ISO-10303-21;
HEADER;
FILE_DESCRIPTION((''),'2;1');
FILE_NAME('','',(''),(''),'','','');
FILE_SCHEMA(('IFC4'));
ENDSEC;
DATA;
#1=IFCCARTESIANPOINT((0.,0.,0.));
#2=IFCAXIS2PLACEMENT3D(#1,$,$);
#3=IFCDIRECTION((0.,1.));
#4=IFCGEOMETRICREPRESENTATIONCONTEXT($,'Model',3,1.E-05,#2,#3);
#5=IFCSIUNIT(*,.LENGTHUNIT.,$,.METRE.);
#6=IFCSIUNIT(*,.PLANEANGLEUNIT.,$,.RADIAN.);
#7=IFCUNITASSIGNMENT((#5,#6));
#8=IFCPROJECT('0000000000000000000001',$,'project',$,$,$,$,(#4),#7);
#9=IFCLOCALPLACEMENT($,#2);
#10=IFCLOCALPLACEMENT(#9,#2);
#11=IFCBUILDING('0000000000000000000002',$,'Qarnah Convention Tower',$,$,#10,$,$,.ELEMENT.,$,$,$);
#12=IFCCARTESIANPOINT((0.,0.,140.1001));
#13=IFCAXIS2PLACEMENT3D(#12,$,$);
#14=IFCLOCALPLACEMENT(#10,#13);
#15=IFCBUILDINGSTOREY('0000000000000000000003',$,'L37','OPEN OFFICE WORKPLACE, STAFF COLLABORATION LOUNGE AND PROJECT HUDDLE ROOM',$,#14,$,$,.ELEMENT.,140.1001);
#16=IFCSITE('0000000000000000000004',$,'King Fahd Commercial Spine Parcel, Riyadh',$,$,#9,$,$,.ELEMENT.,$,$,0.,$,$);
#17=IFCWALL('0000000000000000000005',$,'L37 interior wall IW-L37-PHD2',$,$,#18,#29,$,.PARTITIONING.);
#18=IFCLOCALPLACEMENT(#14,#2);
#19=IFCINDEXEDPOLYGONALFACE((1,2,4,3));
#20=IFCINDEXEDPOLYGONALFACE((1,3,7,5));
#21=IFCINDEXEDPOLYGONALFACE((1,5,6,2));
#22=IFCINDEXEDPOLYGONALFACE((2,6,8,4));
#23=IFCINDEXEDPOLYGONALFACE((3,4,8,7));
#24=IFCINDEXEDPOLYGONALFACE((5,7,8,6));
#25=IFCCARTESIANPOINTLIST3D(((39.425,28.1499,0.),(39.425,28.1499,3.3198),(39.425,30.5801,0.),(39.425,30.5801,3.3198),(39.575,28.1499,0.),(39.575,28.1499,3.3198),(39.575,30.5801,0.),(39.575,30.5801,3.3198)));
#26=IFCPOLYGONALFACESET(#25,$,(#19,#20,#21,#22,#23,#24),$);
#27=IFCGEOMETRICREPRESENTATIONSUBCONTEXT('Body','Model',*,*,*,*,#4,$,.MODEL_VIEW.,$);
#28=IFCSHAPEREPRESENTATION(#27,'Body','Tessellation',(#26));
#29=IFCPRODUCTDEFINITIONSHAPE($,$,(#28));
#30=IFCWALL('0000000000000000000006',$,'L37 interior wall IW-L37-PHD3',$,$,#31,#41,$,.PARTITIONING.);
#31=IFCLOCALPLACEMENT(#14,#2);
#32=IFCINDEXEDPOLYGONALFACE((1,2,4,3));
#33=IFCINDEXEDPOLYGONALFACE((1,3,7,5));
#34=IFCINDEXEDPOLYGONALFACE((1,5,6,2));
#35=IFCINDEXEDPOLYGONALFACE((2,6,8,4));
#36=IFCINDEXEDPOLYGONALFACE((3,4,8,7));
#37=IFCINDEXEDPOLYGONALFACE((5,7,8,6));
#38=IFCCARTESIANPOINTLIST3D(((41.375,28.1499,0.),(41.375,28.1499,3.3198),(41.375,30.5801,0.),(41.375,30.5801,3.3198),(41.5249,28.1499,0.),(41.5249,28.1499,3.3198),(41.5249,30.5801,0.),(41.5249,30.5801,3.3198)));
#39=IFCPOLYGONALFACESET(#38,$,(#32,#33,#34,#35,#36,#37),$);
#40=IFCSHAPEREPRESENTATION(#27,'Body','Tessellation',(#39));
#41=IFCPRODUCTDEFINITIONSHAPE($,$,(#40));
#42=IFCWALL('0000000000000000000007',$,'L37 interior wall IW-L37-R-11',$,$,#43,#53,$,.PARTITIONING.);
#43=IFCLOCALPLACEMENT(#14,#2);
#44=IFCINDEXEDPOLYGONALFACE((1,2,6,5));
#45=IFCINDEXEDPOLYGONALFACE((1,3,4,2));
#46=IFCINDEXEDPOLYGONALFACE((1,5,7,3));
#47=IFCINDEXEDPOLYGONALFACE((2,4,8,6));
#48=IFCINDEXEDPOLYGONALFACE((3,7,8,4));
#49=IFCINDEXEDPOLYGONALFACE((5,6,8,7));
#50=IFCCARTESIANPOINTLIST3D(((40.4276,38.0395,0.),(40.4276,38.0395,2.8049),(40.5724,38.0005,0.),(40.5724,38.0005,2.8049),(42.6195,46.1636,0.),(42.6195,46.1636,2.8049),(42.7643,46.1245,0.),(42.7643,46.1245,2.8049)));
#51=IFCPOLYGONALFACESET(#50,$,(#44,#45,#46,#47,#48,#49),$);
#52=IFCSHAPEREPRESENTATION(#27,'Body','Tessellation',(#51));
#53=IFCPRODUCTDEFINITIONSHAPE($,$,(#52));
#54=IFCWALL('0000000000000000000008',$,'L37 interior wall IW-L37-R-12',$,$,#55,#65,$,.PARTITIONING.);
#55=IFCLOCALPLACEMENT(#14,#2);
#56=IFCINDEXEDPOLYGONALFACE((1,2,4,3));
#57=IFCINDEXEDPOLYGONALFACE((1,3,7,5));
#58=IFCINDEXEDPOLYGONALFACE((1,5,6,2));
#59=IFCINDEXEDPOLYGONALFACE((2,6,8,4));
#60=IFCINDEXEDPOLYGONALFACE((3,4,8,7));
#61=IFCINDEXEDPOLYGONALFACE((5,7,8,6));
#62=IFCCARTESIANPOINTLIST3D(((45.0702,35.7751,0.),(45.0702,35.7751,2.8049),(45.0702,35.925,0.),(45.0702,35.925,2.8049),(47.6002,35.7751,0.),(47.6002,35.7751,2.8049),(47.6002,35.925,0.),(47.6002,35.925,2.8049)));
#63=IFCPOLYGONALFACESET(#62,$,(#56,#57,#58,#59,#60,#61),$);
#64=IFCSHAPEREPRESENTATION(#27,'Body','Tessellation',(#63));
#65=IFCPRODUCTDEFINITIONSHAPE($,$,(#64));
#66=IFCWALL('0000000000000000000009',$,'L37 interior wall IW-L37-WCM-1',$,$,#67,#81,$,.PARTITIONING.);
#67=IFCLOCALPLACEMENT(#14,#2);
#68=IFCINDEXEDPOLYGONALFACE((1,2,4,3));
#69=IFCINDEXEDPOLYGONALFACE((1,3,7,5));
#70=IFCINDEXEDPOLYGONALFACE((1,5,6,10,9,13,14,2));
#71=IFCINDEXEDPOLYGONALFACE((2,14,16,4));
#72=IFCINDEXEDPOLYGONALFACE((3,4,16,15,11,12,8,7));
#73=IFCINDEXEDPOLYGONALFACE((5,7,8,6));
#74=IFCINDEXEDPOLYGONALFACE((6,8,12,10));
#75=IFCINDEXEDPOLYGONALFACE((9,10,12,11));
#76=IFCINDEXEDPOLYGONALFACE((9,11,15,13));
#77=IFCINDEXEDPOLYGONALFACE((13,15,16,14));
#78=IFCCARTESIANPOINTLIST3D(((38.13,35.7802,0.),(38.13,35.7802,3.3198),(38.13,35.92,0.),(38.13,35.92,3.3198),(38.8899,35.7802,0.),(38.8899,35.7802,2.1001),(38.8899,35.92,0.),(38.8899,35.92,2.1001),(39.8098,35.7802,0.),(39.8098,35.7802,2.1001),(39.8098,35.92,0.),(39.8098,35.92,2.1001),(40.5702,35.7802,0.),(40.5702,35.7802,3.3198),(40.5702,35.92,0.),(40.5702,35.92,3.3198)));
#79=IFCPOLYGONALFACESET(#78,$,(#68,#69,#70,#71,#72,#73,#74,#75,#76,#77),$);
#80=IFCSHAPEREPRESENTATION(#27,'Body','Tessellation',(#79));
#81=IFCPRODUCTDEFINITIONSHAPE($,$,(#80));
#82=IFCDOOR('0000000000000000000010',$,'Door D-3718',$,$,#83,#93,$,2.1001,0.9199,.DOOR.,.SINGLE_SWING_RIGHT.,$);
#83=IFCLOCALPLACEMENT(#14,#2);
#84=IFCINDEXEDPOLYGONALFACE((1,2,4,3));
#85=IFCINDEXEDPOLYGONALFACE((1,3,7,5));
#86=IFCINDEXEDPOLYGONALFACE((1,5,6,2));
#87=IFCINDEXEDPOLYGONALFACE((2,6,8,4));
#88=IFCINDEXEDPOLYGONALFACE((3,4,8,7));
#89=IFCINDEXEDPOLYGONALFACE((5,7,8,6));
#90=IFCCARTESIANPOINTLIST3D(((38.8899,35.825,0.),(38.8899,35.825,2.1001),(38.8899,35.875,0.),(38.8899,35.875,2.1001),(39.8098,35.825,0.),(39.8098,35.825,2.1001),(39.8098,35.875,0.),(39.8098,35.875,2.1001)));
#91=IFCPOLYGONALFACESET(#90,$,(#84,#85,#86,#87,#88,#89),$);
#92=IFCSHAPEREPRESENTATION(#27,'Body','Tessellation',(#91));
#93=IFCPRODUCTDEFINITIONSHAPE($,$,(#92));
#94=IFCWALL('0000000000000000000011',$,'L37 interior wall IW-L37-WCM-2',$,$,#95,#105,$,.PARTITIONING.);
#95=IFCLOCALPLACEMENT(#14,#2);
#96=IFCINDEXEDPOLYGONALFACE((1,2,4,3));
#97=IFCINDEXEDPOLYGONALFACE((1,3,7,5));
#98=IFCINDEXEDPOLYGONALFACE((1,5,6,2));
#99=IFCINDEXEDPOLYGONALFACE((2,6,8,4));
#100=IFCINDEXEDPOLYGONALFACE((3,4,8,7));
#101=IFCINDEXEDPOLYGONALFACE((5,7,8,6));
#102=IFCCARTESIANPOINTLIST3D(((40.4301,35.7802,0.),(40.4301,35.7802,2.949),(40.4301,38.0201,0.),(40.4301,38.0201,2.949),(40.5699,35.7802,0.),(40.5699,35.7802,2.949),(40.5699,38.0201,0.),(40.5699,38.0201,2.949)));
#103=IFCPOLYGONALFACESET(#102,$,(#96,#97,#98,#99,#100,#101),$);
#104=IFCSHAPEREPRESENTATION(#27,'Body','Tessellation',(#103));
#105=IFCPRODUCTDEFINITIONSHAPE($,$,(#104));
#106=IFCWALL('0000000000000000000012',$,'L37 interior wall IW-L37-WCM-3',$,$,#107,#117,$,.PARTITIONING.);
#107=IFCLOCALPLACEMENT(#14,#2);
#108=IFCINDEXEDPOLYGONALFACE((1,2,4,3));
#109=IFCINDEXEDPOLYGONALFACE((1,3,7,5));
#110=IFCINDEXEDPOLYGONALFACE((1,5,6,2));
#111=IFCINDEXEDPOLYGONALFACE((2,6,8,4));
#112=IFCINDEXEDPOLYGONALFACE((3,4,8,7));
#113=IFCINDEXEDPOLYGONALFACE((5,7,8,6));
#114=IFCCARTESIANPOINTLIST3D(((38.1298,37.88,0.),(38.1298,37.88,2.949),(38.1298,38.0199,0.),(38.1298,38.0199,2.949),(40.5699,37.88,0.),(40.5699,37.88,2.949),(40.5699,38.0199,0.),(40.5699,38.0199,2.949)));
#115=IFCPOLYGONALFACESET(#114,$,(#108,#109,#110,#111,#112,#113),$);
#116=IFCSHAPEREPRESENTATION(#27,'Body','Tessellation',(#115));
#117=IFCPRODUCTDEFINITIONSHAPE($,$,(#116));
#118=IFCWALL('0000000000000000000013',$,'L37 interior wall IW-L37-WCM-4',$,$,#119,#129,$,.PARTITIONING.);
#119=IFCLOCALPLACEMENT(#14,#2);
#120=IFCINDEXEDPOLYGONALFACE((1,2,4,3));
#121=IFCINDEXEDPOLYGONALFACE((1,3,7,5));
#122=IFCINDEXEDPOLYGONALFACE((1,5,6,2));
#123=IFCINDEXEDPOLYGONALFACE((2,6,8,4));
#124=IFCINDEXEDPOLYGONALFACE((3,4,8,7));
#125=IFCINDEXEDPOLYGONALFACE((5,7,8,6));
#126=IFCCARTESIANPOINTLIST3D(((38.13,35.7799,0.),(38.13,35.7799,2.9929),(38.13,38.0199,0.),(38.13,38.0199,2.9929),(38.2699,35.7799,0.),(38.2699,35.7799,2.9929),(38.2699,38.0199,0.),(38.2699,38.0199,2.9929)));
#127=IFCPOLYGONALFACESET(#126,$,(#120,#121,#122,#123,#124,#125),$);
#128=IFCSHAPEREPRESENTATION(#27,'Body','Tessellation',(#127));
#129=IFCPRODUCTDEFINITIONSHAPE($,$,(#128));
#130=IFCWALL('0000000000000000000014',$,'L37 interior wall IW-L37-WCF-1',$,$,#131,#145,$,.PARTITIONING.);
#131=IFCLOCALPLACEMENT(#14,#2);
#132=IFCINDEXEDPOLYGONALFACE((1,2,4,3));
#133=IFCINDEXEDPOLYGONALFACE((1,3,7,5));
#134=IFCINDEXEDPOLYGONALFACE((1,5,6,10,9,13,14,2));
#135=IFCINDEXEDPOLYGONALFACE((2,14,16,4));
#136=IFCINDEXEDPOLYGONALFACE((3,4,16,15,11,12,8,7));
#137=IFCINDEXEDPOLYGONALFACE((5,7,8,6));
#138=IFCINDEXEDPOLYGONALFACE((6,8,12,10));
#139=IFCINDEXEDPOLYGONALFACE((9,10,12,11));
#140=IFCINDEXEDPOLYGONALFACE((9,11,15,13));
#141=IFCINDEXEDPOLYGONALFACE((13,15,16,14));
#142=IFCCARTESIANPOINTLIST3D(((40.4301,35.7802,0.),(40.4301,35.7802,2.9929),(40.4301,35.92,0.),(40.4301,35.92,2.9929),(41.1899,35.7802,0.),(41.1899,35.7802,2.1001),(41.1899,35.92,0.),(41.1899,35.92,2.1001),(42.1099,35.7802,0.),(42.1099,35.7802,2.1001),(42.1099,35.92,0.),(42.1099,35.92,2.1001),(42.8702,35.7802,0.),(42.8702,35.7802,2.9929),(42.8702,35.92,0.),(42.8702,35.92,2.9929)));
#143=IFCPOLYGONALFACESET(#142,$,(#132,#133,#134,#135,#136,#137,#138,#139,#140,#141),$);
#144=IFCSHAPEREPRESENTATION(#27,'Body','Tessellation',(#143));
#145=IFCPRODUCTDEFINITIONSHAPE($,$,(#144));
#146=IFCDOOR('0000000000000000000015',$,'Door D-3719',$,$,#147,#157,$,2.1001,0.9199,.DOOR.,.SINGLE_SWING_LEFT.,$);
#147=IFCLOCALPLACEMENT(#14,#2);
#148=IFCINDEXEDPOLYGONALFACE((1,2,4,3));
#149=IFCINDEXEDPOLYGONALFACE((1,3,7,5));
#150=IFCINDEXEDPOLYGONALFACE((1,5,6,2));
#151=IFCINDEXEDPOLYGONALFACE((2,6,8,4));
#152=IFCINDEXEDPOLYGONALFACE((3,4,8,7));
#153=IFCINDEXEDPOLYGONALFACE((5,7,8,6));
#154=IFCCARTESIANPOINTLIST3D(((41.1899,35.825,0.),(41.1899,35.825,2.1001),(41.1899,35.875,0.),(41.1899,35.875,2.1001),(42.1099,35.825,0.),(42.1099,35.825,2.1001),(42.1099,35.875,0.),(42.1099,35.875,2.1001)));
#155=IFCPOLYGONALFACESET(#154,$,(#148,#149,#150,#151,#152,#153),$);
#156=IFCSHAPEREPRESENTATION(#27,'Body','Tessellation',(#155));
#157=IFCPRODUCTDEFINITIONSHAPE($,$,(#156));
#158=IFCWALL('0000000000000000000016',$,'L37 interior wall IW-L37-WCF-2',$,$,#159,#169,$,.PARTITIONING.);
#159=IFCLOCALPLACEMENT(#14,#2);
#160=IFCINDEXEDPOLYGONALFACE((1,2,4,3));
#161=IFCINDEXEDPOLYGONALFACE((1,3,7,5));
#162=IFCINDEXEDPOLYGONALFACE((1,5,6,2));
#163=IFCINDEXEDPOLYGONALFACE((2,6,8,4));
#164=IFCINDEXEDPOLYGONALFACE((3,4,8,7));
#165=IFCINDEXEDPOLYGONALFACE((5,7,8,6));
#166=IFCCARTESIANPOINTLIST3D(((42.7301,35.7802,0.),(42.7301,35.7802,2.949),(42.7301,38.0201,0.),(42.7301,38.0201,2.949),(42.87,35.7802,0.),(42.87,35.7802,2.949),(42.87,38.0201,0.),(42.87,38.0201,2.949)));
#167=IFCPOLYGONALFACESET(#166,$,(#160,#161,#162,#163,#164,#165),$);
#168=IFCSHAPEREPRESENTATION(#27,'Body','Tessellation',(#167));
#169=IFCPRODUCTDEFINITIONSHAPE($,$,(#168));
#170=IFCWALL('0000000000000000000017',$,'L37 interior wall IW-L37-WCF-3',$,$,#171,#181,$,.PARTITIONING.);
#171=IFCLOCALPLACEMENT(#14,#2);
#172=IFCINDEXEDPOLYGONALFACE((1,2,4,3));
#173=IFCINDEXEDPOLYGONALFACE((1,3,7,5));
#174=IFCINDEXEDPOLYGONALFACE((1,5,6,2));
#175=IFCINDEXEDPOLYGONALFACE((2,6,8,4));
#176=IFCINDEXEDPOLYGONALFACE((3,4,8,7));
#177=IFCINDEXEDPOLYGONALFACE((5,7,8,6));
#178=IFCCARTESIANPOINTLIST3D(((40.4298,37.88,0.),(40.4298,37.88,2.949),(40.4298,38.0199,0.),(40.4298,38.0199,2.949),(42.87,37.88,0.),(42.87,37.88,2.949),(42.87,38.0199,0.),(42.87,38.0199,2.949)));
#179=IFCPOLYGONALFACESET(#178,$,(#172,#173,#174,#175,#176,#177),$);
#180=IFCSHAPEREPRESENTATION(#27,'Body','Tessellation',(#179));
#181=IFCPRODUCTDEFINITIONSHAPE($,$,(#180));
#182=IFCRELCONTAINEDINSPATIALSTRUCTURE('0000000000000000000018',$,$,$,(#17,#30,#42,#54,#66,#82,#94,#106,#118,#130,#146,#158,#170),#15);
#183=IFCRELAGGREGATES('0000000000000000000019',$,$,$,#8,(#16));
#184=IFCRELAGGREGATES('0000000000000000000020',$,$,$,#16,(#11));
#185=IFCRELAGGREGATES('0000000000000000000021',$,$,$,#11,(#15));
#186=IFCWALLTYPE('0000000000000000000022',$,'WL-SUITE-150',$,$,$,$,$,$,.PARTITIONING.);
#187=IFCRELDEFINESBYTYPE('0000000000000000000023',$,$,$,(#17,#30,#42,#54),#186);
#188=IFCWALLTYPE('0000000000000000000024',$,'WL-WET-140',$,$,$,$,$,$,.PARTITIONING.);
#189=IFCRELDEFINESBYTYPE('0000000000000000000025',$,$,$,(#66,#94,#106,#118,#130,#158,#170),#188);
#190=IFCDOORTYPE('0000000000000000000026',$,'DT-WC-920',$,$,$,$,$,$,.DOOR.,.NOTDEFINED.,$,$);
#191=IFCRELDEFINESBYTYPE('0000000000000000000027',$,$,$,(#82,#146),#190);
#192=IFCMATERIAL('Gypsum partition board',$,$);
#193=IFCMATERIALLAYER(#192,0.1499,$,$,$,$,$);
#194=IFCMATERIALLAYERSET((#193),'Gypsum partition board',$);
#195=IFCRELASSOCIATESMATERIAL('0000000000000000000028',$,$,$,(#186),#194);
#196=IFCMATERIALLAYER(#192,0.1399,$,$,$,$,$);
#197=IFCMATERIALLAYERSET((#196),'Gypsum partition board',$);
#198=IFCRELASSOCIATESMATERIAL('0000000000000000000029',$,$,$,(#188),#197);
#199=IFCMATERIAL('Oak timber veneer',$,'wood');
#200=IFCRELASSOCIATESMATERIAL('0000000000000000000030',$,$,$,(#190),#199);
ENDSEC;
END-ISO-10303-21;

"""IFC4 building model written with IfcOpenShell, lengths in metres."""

from ifc_helpers import new_model, si_unit, direction, frame, frame_2d, origin, place, context, subcontext, project, spatial, rectangle, extrude, material, layer, layer_set, type_object, element, fill, save


model = new_model("IFC4")

# Units and contexts
model_context = context("Model", 3, precision=1e-05, world=origin(), true_north=direction((0.0, 1.0)))
body_context = subcontext(model_context, "Body", "Model", "MODEL_VIEW")
ifc_project = project(units=[si_unit("LENGTHUNIT", "METRE"), si_unit("PLANEANGLEUNIT", "RADIAN")], contexts=[model_context])

# Site, building, storey
site_placement = place(None, origin())
site = spatial("IfcSite", under=ifc_project, at=site_placement, Name="King Fahd Commercial Spine Parcel, Riyadh", CompositionType="ELEMENT", RefElevation=0.0)
building_placement = place(site_placement, origin())
building = spatial("IfcBuilding", under=site, at=building_placement, Name="Qarnah Convention Tower", CompositionType="ELEMENT")
storey_placement = place(building_placement, frame((0.0, 0.0, 140.1001)))
storey = spatial("IfcBuildingStorey", under=building, at=storey_placement, Name="L37", Description="OPEN OFFICE WORKPLACE, STAFF COLLABORATION LOUNGE AND PROJECT HUDDLE ROOM", CompositionType="ELEMENT", Elevation=140.1001)

# Walls
ifc_material_1 = material(Name="Gypsum partition board")
ifc_layer_1 = layer(ifc_material_1, 0.1499)
ifc_layer_set_1 = layer_set([ifc_layer_1], Name="Gypsum partition board")
wall_type_1 = type_object("IfcWallType", Name="WL-SUITE-150", PredefinedType="PARTITIONING", material=ifc_layer_set_1)
for number, where, z_axis, x_axis, name in (
    (1, (39.5, 28.1499, 0.0), (0.0, 0.0, 1.0), (0.0, 1.0, 0.0), "L37 interior wall IW-L37-PHD2"),
    (2, (41.45, 28.1499, 0.0), (0.0, 0.0, 1.0), (0.0, 1.0, 0.0), "L37 interior wall IW-L37-PHD3"),
):
    element("IfcWall", number, at=place(storey_placement, frame(where, z_axis=z_axis, x_axis=x_axis)), inside=storey, type_object=wall_type_1, Name=name, PredefinedType="PARTITIONING", context=body_context, shape_type="SweptSolid", body=[
        extrude(rectangle(XDim=2.4302, YDim=0.1499, at=frame_2d((1.2151, 0.0))), origin(), (0.0, 0.0, 1.0), 3.3198),
    ])
wall_1_placement = place(storey_placement, frame((42.6919, 46.144, 0.0), z_axis=(0.0, 0.0, 1.0), x_axis=(-0.26049, -0.965477, 0.0)))
element("IfcWall", 3, at=wall_1_placement, inside=storey, type_object=wall_type_1, Name="L37 interior wall IW-L37-R-11", PredefinedType="PARTITIONING", context=body_context, shape_type="SweptSolid", body=[
    extrude(rectangle(XDim=8.4146, YDim=0.1499, at=frame_2d((4.2073, 0.0))), origin(), (0.0, 0.0, 1.0), 2.8049),
])
wall_2_placement = place(storey_placement, frame((45.0701, 35.8501, 0.0), z_axis=(0.0, 0.0, 1.0), x_axis=(1.0, 0.0, 0.0)))
element("IfcWall", 4, at=wall_2_placement, inside=storey, type_object=wall_type_1, Name="L37 interior wall IW-L37-R-12", PredefinedType="PARTITIONING", context=body_context, shape_type="SweptSolid", body=[
    extrude(rectangle(XDim=2.53, YDim=0.1499, at=frame_2d((1.2651, 0.0))), origin(), (0.0, 0.0, 1.0), 2.8049),
])

# Wall, opening, door
ifc_layer_2 = layer(ifc_material_1, 0.1399)
ifc_layer_set_2 = layer_set([ifc_layer_2], Name="Gypsum partition board")
wall_type_2 = type_object("IfcWallType", Name="WL-WET-140", PredefinedType="PARTITIONING", material=ifc_layer_set_2)
wall_3_placement = place(storey_placement, frame((38.1299, 35.8501, 0.0), z_axis=(0.0, 0.0, 1.0), x_axis=(1.0, 0.0, 0.0)))
wall_3 = element("IfcWall", 5, at=wall_3_placement, inside=storey, type_object=wall_type_2, Name="L37 interior wall IW-L37-WCM-1", PredefinedType="PARTITIONING", context=body_context, shape_type="SweptSolid", body=[
    extrude(rectangle(XDim=2.4402, YDim=0.1399, at=frame_2d((1.2202, 0.0))), origin(), (0.0, 0.0, 1.0), 3.3198),
])
opening_1_placement = place(wall_3_placement, frame((0.76, 0.0, 0.0)))
opening_1 = element("IfcOpeningElement", 6, at=opening_1_placement, cuts=wall_3, PredefinedType="OPENING", context=body_context, shape_type="SweptSolid", body=[
    extrude(rectangle(XDim=0.9199, YDim=2.1001, at=frame_2d((0.46, 1.05))), frame((0.0, 0.0798, 0.0), z_axis=(0.0, -1.0, 0.0), x_axis=(1.0, 0.0, 0.0)), (0.0, 0.0, 1.0), 0.1599),
])
ifc_material_2 = material(Name="Oak timber veneer", Category="wood")
door_type_1 = type_object("IfcDoorType", Name="DT-WC-920", OperationType="NOTDEFINED", PredefinedType="DOOR", material=ifc_material_2)
door_1_placement = place(opening_1_placement, origin())
door_1 = element("IfcDoor", 7, at=door_1_placement, inside=storey, type_object=door_type_1, Name="Door D-3718", OperationType="SINGLE_SWING_RIGHT", OverallHeight=2.1001, OverallWidth=0.9199, PredefinedType="DOOR", context=body_context, shape_type="SweptSolid", body=[
    extrude(rectangle(XDim=0.9199, YDim=2.1001, at=frame_2d((0.46, 1.05))), frame((0.0, 0.0249, 0.0), z_axis=(0.0, -1.0, 0.0), x_axis=(1.0, 0.0, 0.0)), (0.0, 0.0, 1.0), 0.05),
])
fill(opening_1, door_1)

# Walls
wall_4_placement = place(storey_placement, frame((40.5, 35.78, 0.0), z_axis=(0.0, 0.0, 1.0), x_axis=(0.0, 1.0, 0.0)))
element("IfcWall", 8, at=wall_4_placement, inside=storey, type_object=wall_type_2, Name="L37 interior wall IW-L37-WCM-2", PredefinedType="PARTITIONING", context=body_context, shape_type="SweptSolid", body=[
    extrude(rectangle(XDim=2.24, YDim=0.1399, at=frame_2d((1.1201, 0.0))), origin(), (0.0, 0.0, 1.0), 2.949),
])
wall_5_placement = place(storey_placement, frame((40.5701, 37.95, 0.0), z_axis=(0.0, 0.0, 1.0), x_axis=(-1.0, 0.0, 0.0)))
element("IfcWall", 9, at=wall_5_placement, inside=storey, type_object=wall_type_2, Name="L37 interior wall IW-L37-WCM-3", PredefinedType="PARTITIONING", context=body_context, shape_type="SweptSolid", body=[
    extrude(rectangle(XDim=2.4402, YDim=0.1399, at=frame_2d((1.2202, 0.0))), origin(), (0.0, 0.0, 1.0), 2.949),
])
wall_6_placement = place(storey_placement, frame((38.2, 38.02, 0.0), z_axis=(0.0, 0.0, 1.0), x_axis=(0.0, -1.0, 0.0)))
element("IfcWall", 10, at=wall_6_placement, inside=storey, type_object=wall_type_2, Name="L37 interior wall IW-L37-WCM-4", PredefinedType="PARTITIONING", context=body_context, shape_type="SweptSolid", body=[
    extrude(rectangle(XDim=2.24, YDim=0.1399, at=frame_2d((1.1201, 0.0))), origin(), (0.0, 0.0, 1.0), 2.9929),
])

# Wall, opening, door
wall_7_placement = place(storey_placement, frame((40.4299, 35.8501, 0.0), z_axis=(0.0, 0.0, 1.0), x_axis=(1.0, 0.0, 0.0)))
wall_7 = element("IfcWall", 11, at=wall_7_placement, inside=storey, type_object=wall_type_2, Name="L37 interior wall IW-L37-WCF-1", PredefinedType="PARTITIONING", context=body_context, shape_type="SweptSolid", body=[
    extrude(rectangle(XDim=2.4402, YDim=0.1399, at=frame_2d((1.2202, 0.0))), origin(), (0.0, 0.0, 1.0), 2.9929),
])
opening_2_placement = place(wall_7_placement, frame((0.76, 0.0, 0.0)))
opening_2 = element("IfcOpeningElement", 12, at=opening_2_placement, cuts=wall_7, PredefinedType="OPENING", context=body_context, shape_type="SweptSolid", body=[
    extrude(rectangle(XDim=0.9199, YDim=2.1001, at=frame_2d((0.46, 1.05))), frame((0.0, 0.0798, 0.0), z_axis=(0.0, -1.0, 0.0), x_axis=(1.0, 0.0, 0.0)), (0.0, 0.0, 1.0), 0.1599),
])
door_2_placement = place(opening_2_placement, origin())
door_2 = element("IfcDoor", 13, at=door_2_placement, inside=storey, type_object=door_type_1, Name="Door D-3719", OperationType="SINGLE_SWING_LEFT", OverallHeight=2.1001, OverallWidth=0.9199, PredefinedType="DOOR", context=body_context, shape_type="SweptSolid", body=[
    extrude(rectangle(XDim=0.9199, YDim=2.1001, at=frame_2d((0.46, 1.05))), frame((0.0, 0.0249, 0.0), z_axis=(0.0, -1.0, 0.0), x_axis=(1.0, 0.0, 0.0)), (0.0, 0.0, 1.0), 0.05),
])
fill(opening_2, door_2)

# Walls
wall_8_placement = place(storey_placement, frame((42.8, 35.78, 0.0), z_axis=(0.0, 0.0, 1.0), x_axis=(0.0, 1.0, 0.0)))
element("IfcWall", 14, at=wall_8_placement, inside=storey, type_object=wall_type_2, Name="L37 interior wall IW-L37-WCF-2", PredefinedType="PARTITIONING", context=body_context, shape_type="SweptSolid", body=[
    extrude(rectangle(XDim=2.24, YDim=0.1399, at=frame_2d((1.1201, 0.0))), origin(), (0.0, 0.0, 1.0), 2.949),
])
wall_9_placement = place(storey_placement, frame((42.8701, 37.95, 0.0), z_axis=(0.0, 0.0, 1.0), x_axis=(-1.0, 0.0, 0.0)))
element("IfcWall", 15, at=wall_9_placement, inside=storey, type_object=wall_type_2, Name="L37 interior wall IW-L37-WCF-3", PredefinedType="PARTITIONING", context=body_context, shape_type="SweptSolid", body=[
    extrude(rectangle(XDim=2.4402, YDim=0.1399, at=frame_2d((1.2202, 0.0))), origin(), (0.0, 0.0, 1.0), 2.949),
])

save(model, "model.ifc")
